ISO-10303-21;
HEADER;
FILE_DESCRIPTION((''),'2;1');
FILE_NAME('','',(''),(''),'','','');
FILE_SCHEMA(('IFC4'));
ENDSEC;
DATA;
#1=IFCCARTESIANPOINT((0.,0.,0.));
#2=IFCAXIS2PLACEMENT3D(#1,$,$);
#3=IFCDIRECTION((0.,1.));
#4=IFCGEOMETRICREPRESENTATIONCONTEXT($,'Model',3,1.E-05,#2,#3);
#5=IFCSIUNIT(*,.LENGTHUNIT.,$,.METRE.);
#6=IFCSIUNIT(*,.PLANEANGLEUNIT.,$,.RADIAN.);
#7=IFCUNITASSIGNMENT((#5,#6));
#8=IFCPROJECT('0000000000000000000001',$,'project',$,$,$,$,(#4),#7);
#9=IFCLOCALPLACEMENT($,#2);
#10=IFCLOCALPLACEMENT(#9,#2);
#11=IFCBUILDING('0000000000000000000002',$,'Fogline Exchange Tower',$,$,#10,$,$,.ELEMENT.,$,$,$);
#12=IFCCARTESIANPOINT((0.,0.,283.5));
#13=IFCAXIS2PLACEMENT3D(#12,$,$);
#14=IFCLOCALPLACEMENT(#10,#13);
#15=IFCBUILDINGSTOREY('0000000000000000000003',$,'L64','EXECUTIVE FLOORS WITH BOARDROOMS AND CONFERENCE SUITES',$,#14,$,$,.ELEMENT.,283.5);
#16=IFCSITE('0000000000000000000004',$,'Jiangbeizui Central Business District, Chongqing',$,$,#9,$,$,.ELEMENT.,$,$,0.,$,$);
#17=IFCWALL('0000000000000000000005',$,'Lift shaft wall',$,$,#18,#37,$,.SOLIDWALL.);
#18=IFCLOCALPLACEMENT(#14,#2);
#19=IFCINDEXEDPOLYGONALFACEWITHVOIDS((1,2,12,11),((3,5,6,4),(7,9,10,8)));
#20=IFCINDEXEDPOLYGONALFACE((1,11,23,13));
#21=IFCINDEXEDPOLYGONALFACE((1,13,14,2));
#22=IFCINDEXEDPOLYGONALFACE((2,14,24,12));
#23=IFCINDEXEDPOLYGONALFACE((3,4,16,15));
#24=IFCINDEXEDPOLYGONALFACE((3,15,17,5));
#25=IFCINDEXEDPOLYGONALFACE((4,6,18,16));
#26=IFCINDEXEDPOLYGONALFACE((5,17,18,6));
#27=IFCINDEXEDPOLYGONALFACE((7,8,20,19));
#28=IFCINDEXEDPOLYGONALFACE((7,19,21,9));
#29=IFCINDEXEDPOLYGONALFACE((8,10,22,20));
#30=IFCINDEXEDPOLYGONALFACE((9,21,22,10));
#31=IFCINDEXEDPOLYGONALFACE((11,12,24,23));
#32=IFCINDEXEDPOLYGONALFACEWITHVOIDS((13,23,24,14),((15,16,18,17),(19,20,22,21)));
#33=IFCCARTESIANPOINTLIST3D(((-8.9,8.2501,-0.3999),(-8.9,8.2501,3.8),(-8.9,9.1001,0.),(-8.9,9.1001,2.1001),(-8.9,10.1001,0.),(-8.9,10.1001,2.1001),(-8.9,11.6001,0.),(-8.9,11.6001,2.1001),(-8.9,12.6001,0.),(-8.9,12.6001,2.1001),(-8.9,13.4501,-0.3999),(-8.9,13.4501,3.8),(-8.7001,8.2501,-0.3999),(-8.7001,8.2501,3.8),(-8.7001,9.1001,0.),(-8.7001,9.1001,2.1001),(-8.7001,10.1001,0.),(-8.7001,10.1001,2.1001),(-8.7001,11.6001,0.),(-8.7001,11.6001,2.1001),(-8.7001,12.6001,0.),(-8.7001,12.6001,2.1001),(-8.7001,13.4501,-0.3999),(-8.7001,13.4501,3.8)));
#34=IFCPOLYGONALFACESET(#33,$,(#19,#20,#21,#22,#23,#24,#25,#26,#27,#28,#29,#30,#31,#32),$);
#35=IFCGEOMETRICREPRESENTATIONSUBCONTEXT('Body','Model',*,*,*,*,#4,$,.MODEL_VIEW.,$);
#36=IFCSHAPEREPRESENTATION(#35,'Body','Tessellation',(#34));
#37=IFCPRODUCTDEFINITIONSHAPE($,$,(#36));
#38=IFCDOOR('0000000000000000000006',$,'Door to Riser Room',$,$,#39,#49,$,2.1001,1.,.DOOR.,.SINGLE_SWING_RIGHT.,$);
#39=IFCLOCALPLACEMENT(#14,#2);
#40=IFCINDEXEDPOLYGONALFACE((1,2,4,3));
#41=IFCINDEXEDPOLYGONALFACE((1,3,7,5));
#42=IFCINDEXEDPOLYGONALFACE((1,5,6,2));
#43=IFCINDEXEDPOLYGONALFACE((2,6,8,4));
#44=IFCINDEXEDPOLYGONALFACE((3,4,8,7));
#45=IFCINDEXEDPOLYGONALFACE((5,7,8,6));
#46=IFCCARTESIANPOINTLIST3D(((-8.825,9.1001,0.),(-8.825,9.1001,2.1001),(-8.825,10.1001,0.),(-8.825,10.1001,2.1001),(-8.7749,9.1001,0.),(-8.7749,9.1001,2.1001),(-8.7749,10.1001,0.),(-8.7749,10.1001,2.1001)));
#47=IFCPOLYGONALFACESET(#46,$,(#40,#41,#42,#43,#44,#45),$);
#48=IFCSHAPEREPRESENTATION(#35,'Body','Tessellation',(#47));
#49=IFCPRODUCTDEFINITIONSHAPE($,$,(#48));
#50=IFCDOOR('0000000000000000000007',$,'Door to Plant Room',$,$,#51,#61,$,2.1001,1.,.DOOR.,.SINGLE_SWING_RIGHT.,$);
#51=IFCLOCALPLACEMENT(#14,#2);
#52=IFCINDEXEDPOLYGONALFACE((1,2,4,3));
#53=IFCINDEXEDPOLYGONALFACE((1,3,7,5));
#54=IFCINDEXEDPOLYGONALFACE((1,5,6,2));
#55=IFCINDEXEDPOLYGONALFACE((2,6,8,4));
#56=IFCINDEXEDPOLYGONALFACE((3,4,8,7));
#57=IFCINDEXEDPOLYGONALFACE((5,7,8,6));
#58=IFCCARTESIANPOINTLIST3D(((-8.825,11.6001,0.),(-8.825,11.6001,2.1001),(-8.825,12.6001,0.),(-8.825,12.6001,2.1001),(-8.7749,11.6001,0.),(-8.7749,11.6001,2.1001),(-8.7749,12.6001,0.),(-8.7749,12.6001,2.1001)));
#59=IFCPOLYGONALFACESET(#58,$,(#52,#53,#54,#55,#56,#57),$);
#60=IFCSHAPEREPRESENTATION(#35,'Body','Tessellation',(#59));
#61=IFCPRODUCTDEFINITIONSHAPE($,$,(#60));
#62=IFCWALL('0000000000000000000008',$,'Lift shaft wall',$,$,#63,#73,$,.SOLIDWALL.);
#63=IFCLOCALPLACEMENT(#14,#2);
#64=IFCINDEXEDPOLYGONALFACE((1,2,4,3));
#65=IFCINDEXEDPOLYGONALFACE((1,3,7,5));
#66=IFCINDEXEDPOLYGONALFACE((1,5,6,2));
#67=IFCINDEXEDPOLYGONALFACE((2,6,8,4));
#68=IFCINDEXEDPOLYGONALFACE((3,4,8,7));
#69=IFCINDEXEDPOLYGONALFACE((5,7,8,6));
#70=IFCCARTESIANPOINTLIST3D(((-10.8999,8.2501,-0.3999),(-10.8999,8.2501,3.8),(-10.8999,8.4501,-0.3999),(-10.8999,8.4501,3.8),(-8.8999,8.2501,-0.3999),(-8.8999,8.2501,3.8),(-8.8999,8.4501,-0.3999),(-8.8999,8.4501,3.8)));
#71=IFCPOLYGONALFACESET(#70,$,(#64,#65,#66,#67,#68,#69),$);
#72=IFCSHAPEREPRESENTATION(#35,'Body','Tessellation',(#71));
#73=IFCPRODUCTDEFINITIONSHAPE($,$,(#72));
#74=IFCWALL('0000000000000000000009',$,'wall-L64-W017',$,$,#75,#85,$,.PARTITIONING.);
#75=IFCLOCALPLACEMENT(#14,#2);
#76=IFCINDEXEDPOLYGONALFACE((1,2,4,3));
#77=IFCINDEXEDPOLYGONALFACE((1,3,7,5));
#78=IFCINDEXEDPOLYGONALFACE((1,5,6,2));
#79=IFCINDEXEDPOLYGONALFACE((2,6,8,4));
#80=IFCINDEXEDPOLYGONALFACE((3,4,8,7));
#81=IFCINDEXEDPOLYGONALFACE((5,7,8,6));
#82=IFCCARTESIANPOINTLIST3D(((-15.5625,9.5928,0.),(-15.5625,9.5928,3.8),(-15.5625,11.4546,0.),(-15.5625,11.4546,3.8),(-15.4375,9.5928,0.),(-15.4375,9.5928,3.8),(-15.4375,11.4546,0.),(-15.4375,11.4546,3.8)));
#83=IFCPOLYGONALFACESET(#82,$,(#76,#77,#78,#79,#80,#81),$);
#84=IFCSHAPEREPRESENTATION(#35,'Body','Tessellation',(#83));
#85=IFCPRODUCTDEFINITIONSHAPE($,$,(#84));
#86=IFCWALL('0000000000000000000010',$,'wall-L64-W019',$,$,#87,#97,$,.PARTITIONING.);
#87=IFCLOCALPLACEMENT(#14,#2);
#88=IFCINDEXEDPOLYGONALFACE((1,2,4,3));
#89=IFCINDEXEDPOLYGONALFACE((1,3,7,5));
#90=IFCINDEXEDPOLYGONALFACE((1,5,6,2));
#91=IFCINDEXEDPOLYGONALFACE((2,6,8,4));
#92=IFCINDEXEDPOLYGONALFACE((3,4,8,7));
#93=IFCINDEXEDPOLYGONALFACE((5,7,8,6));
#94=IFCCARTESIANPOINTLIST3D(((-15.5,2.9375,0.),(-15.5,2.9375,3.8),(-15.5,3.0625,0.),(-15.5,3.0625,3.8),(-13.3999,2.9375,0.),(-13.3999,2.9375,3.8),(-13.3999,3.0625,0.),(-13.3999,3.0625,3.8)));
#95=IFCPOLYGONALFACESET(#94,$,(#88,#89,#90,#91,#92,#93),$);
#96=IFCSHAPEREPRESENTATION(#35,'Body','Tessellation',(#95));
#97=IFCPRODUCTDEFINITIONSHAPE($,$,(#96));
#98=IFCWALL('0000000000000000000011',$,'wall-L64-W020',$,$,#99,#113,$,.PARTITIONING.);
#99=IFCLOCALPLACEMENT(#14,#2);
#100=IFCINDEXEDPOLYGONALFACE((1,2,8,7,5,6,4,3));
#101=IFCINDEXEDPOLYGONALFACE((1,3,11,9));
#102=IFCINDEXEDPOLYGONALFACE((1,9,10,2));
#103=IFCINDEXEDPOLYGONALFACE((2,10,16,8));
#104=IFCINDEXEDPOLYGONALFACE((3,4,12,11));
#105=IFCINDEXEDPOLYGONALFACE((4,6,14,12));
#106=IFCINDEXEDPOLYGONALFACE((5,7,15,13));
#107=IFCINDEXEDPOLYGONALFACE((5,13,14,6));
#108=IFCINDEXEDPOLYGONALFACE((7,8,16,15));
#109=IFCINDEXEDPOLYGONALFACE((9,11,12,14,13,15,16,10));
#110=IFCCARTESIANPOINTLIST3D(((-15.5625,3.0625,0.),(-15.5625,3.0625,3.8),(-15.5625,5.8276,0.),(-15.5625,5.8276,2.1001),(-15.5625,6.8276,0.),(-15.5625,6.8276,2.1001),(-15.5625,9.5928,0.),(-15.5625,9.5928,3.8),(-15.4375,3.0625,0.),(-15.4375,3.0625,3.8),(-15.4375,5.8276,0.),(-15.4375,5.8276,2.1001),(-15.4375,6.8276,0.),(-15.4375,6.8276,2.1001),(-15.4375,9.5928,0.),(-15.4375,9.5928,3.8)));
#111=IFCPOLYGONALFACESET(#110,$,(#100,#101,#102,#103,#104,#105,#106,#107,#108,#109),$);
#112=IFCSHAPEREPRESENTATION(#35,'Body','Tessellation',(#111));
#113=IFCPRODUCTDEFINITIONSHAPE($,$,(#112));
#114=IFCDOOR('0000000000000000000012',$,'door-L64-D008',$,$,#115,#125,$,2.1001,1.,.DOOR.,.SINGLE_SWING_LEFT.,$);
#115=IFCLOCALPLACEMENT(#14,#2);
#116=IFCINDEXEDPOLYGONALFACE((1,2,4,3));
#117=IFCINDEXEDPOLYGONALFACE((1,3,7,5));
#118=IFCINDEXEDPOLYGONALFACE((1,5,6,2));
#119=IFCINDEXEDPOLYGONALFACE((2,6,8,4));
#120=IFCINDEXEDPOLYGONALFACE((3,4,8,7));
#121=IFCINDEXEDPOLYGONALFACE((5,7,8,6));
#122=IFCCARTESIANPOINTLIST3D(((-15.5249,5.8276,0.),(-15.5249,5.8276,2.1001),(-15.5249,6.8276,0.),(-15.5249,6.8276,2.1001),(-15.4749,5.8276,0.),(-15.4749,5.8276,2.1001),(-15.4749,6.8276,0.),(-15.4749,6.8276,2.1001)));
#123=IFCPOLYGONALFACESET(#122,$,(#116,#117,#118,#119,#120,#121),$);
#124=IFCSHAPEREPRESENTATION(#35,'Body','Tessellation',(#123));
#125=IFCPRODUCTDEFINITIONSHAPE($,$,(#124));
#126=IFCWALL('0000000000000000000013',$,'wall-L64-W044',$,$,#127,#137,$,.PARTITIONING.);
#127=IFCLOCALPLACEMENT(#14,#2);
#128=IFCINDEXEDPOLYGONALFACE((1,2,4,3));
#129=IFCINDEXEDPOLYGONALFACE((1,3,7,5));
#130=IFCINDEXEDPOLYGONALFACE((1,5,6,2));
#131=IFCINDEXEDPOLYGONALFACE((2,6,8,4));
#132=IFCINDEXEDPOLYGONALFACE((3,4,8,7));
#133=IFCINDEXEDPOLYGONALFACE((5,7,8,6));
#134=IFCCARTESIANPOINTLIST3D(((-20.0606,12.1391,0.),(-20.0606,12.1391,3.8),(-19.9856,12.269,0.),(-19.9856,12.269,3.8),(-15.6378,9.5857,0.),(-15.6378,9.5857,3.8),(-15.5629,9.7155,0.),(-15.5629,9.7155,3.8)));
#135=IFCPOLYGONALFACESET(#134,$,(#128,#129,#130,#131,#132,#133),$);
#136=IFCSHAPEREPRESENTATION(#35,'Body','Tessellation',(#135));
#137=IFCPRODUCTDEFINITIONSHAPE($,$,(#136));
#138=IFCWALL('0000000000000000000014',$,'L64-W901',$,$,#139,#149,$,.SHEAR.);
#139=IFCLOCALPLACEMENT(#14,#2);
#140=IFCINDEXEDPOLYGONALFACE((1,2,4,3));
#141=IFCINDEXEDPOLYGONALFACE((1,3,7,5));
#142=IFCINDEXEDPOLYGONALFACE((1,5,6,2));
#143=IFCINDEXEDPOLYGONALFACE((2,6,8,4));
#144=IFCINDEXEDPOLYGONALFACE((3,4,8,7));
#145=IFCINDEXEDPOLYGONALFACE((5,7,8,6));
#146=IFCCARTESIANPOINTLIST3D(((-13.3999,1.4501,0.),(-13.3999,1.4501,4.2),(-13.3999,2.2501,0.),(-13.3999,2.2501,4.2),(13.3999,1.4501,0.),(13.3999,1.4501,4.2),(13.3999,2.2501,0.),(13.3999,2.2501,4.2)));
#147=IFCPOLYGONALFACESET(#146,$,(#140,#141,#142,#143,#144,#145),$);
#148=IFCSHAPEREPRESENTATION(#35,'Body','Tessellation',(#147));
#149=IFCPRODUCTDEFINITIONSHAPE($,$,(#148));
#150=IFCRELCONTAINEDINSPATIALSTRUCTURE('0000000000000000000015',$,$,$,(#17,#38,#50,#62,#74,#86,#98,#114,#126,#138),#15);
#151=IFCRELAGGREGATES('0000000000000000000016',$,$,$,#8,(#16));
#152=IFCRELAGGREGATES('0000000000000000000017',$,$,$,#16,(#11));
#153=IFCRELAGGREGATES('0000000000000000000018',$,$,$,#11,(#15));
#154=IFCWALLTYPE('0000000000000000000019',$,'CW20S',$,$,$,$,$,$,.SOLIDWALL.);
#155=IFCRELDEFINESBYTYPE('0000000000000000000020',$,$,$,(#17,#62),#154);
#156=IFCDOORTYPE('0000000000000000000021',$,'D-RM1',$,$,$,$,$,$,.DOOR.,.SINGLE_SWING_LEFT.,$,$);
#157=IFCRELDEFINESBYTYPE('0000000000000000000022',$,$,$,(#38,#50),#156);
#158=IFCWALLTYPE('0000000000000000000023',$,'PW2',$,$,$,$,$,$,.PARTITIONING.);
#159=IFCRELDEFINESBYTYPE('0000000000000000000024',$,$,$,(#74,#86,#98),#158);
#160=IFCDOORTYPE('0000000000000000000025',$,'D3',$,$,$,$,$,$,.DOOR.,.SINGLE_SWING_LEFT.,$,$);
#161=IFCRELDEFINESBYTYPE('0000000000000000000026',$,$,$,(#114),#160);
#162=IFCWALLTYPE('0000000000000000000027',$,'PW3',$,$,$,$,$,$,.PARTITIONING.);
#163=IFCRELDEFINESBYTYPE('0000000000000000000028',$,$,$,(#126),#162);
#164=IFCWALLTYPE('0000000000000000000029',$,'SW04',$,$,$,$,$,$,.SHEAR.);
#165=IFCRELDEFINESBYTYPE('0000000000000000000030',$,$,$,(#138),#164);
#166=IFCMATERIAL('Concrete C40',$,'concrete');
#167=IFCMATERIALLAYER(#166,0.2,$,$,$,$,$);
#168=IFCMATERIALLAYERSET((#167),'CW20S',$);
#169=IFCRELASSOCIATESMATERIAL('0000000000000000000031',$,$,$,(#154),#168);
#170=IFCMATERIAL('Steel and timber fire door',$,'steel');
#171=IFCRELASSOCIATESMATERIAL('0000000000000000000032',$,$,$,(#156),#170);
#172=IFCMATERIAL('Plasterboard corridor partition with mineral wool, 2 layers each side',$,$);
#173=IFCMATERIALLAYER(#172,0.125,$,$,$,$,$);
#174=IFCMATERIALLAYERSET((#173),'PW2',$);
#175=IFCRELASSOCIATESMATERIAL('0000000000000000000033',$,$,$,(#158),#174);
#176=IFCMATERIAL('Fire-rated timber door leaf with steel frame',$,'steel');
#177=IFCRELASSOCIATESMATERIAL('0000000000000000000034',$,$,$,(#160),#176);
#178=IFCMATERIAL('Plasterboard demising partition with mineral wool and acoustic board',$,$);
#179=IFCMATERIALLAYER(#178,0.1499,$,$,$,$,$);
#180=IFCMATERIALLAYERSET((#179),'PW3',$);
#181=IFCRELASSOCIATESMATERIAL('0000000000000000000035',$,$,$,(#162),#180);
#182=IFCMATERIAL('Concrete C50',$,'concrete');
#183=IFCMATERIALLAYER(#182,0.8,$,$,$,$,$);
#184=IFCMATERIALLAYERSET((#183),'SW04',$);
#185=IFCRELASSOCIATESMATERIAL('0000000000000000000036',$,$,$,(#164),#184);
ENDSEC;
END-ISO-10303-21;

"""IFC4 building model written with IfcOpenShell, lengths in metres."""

from ifc_helpers import new_model, si_unit, direction, frame, frame_2d, origin, place, context, subcontext, project, spatial, rectangle, extrude, material, layer, layer_set, type_object, element, fill, save


model = new_model("IFC4")

# Units and contexts
model_context = context("Model", 3, precision=1e-05, world=origin(), true_north=direction((0.0, 1.0)))
body_context = subcontext(model_context, "Body", "Model", "MODEL_VIEW")
ifc_project = project(units=[si_unit("LENGTHUNIT", "METRE"), si_unit("PLANEANGLEUNIT", "RADIAN")], contexts=[model_context])

# Site, building, storey
site_placement = place(None, origin())
site = spatial("IfcSite", under=ifc_project, at=site_placement, Name="Jiangbeizui Central Business District, Chongqing", CompositionType="ELEMENT", RefElevation=0.0)
building_placement = place(site_placement, origin())
building = spatial("IfcBuilding", under=site, at=building_placement, Name="Fogline Exchange Tower", CompositionType="ELEMENT")
storey_placement = place(building_placement, frame((0.0, 0.0, 283.5)))
storey = spatial("IfcBuildingStorey", under=building, at=storey_placement, Name="L64", Description="EXECUTIVE FLOORS WITH BOARDROOMS AND CONFERENCE SUITES", CompositionType="ELEMENT", Elevation=283.5)

# Shared definitions
ifc_material_1 = material(Name="Concrete C40", Category="concrete")

# Shared definitions
ifc_material_2 = material(Name="Steel and timber fire door", Category="steel")

# Wall, openings, doors
ifc_layer_1 = layer(ifc_material_1, 0.2)
ifc_layer_set_1 = layer_set([ifc_layer_1], Name="CW20S")
wall_type_1 = type_object("IfcWallType", Name="CW20S", PredefinedType="SOLIDWALL", material=ifc_layer_set_1)
wall_1_placement = place(storey_placement, frame((-8.8, 8.25, -0.3999), z_axis=(0.0, 0.0, 1.0), x_axis=(0.0, 1.0, 0.0)))
wall_1 = element("IfcWall", 1, at=wall_1_placement, inside=storey, type_object=wall_type_1, Name="Lift shaft wall", PredefinedType="SOLIDWALL", context=body_context, shape_type="SweptSolid", body=[
    extrude(rectangle(XDim=5.2, YDim=0.2, at=frame_2d((2.6001, 0.0))), origin(), (0.0, 0.0, 1.0), 4.2),
])
opening_1_placement = place(wall_1_placement, frame((0.8501, 0.0, 0.3999)))
opening_1 = element("IfcOpeningElement", 2, at=opening_1_placement, cuts=wall_1, PredefinedType="OPENING", context=body_context, shape_type="SweptSolid", body=[
    extrude(rectangle(XDim=1.0, YDim=2.1001, at=frame_2d((0.5, 1.05))), frame((0.0, 0.1099, 0.0), z_axis=(0.0, -1.0, 0.0), x_axis=(1.0, 0.0, 0.0)), (0.0, 0.0, 1.0), 0.22),
])
opening_2_placement = place(wall_1_placement, frame((3.3501, 0.0, 0.3999)))
opening_2 = element("IfcOpeningElement", 3, at=opening_2_placement, cuts=wall_1, PredefinedType="OPENING", context=body_context, shape_type="SweptSolid", body=[
    extrude(rectangle(XDim=1.0, YDim=2.1001, at=frame_2d((0.5, 1.05))), frame((0.0, 0.1099, 0.0), z_axis=(0.0, -1.0, 0.0), x_axis=(1.0, 0.0, 0.0)), (0.0, 0.0, 1.0), 0.22),
])
door_type_1 = type_object("IfcDoorType", Name="D-RM1", OperationType="SINGLE_SWING_LEFT", PredefinedType="DOOR", material=ifc_material_2)
door_1_placement = place(opening_1_placement, origin())
door_1 = element("IfcDoor", 4, at=door_1_placement, inside=storey, type_object=door_type_1, Name="Door to Riser Room", OperationType="SINGLE_SWING_RIGHT", OverallHeight=2.1001, OverallWidth=1.0, PredefinedType="DOOR", context=body_context, shape_type="SweptSolid", body=[
    extrude(rectangle(XDim=1.0, YDim=2.1001, at=frame_2d((0.5, 1.05))), frame((0.0, 0.0249, 0.0), z_axis=(0.0, -1.0, 0.0), x_axis=(1.0, 0.0, 0.0)), (0.0, 0.0, 1.0), 0.05),
])
fill(opening_1, door_1)
door_2_placement = place(opening_2_placement, origin())
door_2 = element("IfcDoor", 5, at=door_2_placement, inside=storey, type_object=door_type_1, Name="Door to Plant Room", OperationType="SINGLE_SWING_RIGHT", OverallHeight=2.1001, OverallWidth=1.0, PredefinedType="DOOR", context=body_context, shape_type="SweptSolid", body=[
    extrude(rectangle(XDim=1.0, YDim=2.1001, at=frame_2d((0.5, 1.05))), frame((0.0, 0.0249, 0.0), z_axis=(0.0, -1.0, 0.0), x_axis=(1.0, 0.0, 0.0)), (0.0, 0.0, 1.0), 0.05),
])
fill(opening_2, door_2)

# Walls
wall_2_placement = place(storey_placement, frame((-10.8999, 8.3501, -0.3999), z_axis=(0.0, 0.0, 1.0), x_axis=(1.0, 0.0, 0.0)))
element("IfcWall", 6, at=wall_2_placement, inside=storey, type_object=wall_type_1, Name="Lift shaft wall", PredefinedType="SOLIDWALL", context=body_context, shape_type="SweptSolid", body=[
    extrude(rectangle(XDim=2.0, YDim=0.2, at=frame_2d((1.0, 0.0))), origin(), (0.0, 0.0, 1.0), 4.2),
])
ifc_material_3 = material(Name="Plasterboard corridor partition with mineral wool, 2 layers each side")
ifc_layer_2 = layer(ifc_material_3, 0.125)
ifc_layer_set_2 = layer_set([ifc_layer_2], Name="PW2")
wall_type_2 = type_object("IfcWallType", Name="PW2", PredefinedType="PARTITIONING", material=ifc_layer_set_2)
wall_3_placement = place(storey_placement, frame((-15.5, 9.5928, 0.0), z_axis=(0.0, 0.0, 1.0), x_axis=(0.0, 1.0, 0.0)))
element("IfcWall", 7, at=wall_3_placement, inside=storey, type_object=wall_type_2, Name="wall-L64-W017", PredefinedType="PARTITIONING", context=body_context, shape_type="SweptSolid", body=[
    extrude(rectangle(XDim=1.8618, YDim=0.125, at=frame_2d((0.9309, 0.0))), origin(), (0.0, 0.0, 1.0), 3.8),
])
wall_4_placement = place(storey_placement, frame((-13.3999, 3.0, 0.0), z_axis=(0.0, 0.0, 1.0), x_axis=(-1.0, 0.0, 0.0)))
element("IfcWall", 8, at=wall_4_placement, inside=storey, type_object=wall_type_2, Name="wall-L64-W019", PredefinedType="PARTITIONING", context=body_context, shape_type="SweptSolid", body=[
    extrude(rectangle(XDim=2.1001, YDim=0.125, at=frame_2d((1.05, 0.0))), origin(), (0.0, 0.0, 1.0), 3.8),
])

# Wall, opening, door
wall_5_placement = place(storey_placement, frame((-15.5, 3.0625, 0.0), z_axis=(0.0, 0.0, 1.0), x_axis=(0.0, 1.0, 0.0)))
wall_5 = element("IfcWall", 9, at=wall_5_placement, inside=storey, type_object=wall_type_2, Name="wall-L64-W020", PredefinedType="PARTITIONING", context=body_context, shape_type="SweptSolid", body=[
    extrude(rectangle(XDim=6.5303, YDim=0.125, at=frame_2d((3.2651, 0.0))), origin(), (0.0, 0.0, 1.0), 3.8),
])
opening_3_placement = place(wall_5_placement, frame((2.7651, 0.0, 0.0)))
opening_3 = element("IfcOpeningElement", 10, at=opening_3_placement, cuts=wall_5, PredefinedType="OPENING", context=body_context, shape_type="SweptSolid", body=[
    extrude(rectangle(XDim=1.0, YDim=2.1001, at=frame_2d((0.5, 1.05))), frame((0.0, 0.0725, 0.0), z_axis=(0.0, -1.0, 0.0), x_axis=(1.0, 0.0, 0.0)), (0.0, 0.0, 1.0), 0.145),
])
ifc_material_4 = material(Name="Fire-rated timber door leaf with steel frame", Category="steel")
door_type_2 = type_object("IfcDoorType", Name="D3", OperationType="SINGLE_SWING_LEFT", PredefinedType="DOOR", material=ifc_material_4)
door_3_placement = place(opening_3_placement, origin())
door_3 = element("IfcDoor", 11, at=door_3_placement, inside=storey, type_object=door_type_2, Name="door-L64-D008", OperationType="SINGLE_SWING_LEFT", OverallHeight=2.1001, OverallWidth=1.0, PredefinedType="DOOR", context=body_context, shape_type="SweptSolid", body=[
    extrude(rectangle(XDim=1.0, YDim=2.1001, at=frame_2d((0.5, 1.05))), frame((0.0, 0.0249, 0.0), z_axis=(0.0, -1.0, 0.0), x_axis=(1.0, 0.0, 0.0)), (0.0, 0.0, 1.0), 0.05),
])
fill(opening_3, door_3)

# Walls
ifc_material_5 = material(Name="Plasterboard demising partition with mineral wool and acoustic board")
ifc_layer_3 = layer(ifc_material_5, 0.1499)
ifc_layer_set_3 = layer_set([ifc_layer_3], Name="PW3")
wall_type_3 = type_object("IfcWallType", Name="PW3", PredefinedType="PARTITIONING", material=ifc_layer_set_3)
wall_6_placement = place(storey_placement, frame((-15.6003, 9.6506, 0.0), z_axis=(0.0, 0.0, 1.0), x_axis=(-0.866031, 0.49999, 0.0)))
element("IfcWall", 12, at=wall_6_placement, inside=storey, type_object=wall_type_3, Name="wall-L64-W044", PredefinedType="PARTITIONING", context=body_context, shape_type="SweptSolid", body=[
    extrude(rectangle(XDim=5.1069, YDim=0.1499, at=frame_2d((2.5535, 0.0))), origin(), (0.0, 0.0, 1.0), 3.8),
])
ifc_material_6 = material(Name="Concrete C50", Category="concrete")
ifc_layer_4 = layer(ifc_material_6, 0.8)
ifc_layer_set_4 = layer_set([ifc_layer_4], Name="SW04")
wall_type_4 = type_object("IfcWallType", Name="SW04", PredefinedType="SHEAR", material=ifc_layer_set_4)
wall_7_placement = place(storey_placement, frame((-13.3999, 1.8501, 0.0), z_axis=(0.0, 0.0, 1.0), x_axis=(1.0, 0.0, 0.0)))
element("IfcWall", 13, at=wall_7_placement, inside=storey, type_object=wall_type_4, Name="L64-W901", PredefinedType="SHEAR", context=body_context, shape_type="SweptSolid", body=[
    extrude(rectangle(XDim=26.7998, YDim=0.8, at=frame_2d((13.3999, 0.0))), origin(), (0.0, 0.0, 1.0), 4.2),
])

save(model, "model.ifc")
